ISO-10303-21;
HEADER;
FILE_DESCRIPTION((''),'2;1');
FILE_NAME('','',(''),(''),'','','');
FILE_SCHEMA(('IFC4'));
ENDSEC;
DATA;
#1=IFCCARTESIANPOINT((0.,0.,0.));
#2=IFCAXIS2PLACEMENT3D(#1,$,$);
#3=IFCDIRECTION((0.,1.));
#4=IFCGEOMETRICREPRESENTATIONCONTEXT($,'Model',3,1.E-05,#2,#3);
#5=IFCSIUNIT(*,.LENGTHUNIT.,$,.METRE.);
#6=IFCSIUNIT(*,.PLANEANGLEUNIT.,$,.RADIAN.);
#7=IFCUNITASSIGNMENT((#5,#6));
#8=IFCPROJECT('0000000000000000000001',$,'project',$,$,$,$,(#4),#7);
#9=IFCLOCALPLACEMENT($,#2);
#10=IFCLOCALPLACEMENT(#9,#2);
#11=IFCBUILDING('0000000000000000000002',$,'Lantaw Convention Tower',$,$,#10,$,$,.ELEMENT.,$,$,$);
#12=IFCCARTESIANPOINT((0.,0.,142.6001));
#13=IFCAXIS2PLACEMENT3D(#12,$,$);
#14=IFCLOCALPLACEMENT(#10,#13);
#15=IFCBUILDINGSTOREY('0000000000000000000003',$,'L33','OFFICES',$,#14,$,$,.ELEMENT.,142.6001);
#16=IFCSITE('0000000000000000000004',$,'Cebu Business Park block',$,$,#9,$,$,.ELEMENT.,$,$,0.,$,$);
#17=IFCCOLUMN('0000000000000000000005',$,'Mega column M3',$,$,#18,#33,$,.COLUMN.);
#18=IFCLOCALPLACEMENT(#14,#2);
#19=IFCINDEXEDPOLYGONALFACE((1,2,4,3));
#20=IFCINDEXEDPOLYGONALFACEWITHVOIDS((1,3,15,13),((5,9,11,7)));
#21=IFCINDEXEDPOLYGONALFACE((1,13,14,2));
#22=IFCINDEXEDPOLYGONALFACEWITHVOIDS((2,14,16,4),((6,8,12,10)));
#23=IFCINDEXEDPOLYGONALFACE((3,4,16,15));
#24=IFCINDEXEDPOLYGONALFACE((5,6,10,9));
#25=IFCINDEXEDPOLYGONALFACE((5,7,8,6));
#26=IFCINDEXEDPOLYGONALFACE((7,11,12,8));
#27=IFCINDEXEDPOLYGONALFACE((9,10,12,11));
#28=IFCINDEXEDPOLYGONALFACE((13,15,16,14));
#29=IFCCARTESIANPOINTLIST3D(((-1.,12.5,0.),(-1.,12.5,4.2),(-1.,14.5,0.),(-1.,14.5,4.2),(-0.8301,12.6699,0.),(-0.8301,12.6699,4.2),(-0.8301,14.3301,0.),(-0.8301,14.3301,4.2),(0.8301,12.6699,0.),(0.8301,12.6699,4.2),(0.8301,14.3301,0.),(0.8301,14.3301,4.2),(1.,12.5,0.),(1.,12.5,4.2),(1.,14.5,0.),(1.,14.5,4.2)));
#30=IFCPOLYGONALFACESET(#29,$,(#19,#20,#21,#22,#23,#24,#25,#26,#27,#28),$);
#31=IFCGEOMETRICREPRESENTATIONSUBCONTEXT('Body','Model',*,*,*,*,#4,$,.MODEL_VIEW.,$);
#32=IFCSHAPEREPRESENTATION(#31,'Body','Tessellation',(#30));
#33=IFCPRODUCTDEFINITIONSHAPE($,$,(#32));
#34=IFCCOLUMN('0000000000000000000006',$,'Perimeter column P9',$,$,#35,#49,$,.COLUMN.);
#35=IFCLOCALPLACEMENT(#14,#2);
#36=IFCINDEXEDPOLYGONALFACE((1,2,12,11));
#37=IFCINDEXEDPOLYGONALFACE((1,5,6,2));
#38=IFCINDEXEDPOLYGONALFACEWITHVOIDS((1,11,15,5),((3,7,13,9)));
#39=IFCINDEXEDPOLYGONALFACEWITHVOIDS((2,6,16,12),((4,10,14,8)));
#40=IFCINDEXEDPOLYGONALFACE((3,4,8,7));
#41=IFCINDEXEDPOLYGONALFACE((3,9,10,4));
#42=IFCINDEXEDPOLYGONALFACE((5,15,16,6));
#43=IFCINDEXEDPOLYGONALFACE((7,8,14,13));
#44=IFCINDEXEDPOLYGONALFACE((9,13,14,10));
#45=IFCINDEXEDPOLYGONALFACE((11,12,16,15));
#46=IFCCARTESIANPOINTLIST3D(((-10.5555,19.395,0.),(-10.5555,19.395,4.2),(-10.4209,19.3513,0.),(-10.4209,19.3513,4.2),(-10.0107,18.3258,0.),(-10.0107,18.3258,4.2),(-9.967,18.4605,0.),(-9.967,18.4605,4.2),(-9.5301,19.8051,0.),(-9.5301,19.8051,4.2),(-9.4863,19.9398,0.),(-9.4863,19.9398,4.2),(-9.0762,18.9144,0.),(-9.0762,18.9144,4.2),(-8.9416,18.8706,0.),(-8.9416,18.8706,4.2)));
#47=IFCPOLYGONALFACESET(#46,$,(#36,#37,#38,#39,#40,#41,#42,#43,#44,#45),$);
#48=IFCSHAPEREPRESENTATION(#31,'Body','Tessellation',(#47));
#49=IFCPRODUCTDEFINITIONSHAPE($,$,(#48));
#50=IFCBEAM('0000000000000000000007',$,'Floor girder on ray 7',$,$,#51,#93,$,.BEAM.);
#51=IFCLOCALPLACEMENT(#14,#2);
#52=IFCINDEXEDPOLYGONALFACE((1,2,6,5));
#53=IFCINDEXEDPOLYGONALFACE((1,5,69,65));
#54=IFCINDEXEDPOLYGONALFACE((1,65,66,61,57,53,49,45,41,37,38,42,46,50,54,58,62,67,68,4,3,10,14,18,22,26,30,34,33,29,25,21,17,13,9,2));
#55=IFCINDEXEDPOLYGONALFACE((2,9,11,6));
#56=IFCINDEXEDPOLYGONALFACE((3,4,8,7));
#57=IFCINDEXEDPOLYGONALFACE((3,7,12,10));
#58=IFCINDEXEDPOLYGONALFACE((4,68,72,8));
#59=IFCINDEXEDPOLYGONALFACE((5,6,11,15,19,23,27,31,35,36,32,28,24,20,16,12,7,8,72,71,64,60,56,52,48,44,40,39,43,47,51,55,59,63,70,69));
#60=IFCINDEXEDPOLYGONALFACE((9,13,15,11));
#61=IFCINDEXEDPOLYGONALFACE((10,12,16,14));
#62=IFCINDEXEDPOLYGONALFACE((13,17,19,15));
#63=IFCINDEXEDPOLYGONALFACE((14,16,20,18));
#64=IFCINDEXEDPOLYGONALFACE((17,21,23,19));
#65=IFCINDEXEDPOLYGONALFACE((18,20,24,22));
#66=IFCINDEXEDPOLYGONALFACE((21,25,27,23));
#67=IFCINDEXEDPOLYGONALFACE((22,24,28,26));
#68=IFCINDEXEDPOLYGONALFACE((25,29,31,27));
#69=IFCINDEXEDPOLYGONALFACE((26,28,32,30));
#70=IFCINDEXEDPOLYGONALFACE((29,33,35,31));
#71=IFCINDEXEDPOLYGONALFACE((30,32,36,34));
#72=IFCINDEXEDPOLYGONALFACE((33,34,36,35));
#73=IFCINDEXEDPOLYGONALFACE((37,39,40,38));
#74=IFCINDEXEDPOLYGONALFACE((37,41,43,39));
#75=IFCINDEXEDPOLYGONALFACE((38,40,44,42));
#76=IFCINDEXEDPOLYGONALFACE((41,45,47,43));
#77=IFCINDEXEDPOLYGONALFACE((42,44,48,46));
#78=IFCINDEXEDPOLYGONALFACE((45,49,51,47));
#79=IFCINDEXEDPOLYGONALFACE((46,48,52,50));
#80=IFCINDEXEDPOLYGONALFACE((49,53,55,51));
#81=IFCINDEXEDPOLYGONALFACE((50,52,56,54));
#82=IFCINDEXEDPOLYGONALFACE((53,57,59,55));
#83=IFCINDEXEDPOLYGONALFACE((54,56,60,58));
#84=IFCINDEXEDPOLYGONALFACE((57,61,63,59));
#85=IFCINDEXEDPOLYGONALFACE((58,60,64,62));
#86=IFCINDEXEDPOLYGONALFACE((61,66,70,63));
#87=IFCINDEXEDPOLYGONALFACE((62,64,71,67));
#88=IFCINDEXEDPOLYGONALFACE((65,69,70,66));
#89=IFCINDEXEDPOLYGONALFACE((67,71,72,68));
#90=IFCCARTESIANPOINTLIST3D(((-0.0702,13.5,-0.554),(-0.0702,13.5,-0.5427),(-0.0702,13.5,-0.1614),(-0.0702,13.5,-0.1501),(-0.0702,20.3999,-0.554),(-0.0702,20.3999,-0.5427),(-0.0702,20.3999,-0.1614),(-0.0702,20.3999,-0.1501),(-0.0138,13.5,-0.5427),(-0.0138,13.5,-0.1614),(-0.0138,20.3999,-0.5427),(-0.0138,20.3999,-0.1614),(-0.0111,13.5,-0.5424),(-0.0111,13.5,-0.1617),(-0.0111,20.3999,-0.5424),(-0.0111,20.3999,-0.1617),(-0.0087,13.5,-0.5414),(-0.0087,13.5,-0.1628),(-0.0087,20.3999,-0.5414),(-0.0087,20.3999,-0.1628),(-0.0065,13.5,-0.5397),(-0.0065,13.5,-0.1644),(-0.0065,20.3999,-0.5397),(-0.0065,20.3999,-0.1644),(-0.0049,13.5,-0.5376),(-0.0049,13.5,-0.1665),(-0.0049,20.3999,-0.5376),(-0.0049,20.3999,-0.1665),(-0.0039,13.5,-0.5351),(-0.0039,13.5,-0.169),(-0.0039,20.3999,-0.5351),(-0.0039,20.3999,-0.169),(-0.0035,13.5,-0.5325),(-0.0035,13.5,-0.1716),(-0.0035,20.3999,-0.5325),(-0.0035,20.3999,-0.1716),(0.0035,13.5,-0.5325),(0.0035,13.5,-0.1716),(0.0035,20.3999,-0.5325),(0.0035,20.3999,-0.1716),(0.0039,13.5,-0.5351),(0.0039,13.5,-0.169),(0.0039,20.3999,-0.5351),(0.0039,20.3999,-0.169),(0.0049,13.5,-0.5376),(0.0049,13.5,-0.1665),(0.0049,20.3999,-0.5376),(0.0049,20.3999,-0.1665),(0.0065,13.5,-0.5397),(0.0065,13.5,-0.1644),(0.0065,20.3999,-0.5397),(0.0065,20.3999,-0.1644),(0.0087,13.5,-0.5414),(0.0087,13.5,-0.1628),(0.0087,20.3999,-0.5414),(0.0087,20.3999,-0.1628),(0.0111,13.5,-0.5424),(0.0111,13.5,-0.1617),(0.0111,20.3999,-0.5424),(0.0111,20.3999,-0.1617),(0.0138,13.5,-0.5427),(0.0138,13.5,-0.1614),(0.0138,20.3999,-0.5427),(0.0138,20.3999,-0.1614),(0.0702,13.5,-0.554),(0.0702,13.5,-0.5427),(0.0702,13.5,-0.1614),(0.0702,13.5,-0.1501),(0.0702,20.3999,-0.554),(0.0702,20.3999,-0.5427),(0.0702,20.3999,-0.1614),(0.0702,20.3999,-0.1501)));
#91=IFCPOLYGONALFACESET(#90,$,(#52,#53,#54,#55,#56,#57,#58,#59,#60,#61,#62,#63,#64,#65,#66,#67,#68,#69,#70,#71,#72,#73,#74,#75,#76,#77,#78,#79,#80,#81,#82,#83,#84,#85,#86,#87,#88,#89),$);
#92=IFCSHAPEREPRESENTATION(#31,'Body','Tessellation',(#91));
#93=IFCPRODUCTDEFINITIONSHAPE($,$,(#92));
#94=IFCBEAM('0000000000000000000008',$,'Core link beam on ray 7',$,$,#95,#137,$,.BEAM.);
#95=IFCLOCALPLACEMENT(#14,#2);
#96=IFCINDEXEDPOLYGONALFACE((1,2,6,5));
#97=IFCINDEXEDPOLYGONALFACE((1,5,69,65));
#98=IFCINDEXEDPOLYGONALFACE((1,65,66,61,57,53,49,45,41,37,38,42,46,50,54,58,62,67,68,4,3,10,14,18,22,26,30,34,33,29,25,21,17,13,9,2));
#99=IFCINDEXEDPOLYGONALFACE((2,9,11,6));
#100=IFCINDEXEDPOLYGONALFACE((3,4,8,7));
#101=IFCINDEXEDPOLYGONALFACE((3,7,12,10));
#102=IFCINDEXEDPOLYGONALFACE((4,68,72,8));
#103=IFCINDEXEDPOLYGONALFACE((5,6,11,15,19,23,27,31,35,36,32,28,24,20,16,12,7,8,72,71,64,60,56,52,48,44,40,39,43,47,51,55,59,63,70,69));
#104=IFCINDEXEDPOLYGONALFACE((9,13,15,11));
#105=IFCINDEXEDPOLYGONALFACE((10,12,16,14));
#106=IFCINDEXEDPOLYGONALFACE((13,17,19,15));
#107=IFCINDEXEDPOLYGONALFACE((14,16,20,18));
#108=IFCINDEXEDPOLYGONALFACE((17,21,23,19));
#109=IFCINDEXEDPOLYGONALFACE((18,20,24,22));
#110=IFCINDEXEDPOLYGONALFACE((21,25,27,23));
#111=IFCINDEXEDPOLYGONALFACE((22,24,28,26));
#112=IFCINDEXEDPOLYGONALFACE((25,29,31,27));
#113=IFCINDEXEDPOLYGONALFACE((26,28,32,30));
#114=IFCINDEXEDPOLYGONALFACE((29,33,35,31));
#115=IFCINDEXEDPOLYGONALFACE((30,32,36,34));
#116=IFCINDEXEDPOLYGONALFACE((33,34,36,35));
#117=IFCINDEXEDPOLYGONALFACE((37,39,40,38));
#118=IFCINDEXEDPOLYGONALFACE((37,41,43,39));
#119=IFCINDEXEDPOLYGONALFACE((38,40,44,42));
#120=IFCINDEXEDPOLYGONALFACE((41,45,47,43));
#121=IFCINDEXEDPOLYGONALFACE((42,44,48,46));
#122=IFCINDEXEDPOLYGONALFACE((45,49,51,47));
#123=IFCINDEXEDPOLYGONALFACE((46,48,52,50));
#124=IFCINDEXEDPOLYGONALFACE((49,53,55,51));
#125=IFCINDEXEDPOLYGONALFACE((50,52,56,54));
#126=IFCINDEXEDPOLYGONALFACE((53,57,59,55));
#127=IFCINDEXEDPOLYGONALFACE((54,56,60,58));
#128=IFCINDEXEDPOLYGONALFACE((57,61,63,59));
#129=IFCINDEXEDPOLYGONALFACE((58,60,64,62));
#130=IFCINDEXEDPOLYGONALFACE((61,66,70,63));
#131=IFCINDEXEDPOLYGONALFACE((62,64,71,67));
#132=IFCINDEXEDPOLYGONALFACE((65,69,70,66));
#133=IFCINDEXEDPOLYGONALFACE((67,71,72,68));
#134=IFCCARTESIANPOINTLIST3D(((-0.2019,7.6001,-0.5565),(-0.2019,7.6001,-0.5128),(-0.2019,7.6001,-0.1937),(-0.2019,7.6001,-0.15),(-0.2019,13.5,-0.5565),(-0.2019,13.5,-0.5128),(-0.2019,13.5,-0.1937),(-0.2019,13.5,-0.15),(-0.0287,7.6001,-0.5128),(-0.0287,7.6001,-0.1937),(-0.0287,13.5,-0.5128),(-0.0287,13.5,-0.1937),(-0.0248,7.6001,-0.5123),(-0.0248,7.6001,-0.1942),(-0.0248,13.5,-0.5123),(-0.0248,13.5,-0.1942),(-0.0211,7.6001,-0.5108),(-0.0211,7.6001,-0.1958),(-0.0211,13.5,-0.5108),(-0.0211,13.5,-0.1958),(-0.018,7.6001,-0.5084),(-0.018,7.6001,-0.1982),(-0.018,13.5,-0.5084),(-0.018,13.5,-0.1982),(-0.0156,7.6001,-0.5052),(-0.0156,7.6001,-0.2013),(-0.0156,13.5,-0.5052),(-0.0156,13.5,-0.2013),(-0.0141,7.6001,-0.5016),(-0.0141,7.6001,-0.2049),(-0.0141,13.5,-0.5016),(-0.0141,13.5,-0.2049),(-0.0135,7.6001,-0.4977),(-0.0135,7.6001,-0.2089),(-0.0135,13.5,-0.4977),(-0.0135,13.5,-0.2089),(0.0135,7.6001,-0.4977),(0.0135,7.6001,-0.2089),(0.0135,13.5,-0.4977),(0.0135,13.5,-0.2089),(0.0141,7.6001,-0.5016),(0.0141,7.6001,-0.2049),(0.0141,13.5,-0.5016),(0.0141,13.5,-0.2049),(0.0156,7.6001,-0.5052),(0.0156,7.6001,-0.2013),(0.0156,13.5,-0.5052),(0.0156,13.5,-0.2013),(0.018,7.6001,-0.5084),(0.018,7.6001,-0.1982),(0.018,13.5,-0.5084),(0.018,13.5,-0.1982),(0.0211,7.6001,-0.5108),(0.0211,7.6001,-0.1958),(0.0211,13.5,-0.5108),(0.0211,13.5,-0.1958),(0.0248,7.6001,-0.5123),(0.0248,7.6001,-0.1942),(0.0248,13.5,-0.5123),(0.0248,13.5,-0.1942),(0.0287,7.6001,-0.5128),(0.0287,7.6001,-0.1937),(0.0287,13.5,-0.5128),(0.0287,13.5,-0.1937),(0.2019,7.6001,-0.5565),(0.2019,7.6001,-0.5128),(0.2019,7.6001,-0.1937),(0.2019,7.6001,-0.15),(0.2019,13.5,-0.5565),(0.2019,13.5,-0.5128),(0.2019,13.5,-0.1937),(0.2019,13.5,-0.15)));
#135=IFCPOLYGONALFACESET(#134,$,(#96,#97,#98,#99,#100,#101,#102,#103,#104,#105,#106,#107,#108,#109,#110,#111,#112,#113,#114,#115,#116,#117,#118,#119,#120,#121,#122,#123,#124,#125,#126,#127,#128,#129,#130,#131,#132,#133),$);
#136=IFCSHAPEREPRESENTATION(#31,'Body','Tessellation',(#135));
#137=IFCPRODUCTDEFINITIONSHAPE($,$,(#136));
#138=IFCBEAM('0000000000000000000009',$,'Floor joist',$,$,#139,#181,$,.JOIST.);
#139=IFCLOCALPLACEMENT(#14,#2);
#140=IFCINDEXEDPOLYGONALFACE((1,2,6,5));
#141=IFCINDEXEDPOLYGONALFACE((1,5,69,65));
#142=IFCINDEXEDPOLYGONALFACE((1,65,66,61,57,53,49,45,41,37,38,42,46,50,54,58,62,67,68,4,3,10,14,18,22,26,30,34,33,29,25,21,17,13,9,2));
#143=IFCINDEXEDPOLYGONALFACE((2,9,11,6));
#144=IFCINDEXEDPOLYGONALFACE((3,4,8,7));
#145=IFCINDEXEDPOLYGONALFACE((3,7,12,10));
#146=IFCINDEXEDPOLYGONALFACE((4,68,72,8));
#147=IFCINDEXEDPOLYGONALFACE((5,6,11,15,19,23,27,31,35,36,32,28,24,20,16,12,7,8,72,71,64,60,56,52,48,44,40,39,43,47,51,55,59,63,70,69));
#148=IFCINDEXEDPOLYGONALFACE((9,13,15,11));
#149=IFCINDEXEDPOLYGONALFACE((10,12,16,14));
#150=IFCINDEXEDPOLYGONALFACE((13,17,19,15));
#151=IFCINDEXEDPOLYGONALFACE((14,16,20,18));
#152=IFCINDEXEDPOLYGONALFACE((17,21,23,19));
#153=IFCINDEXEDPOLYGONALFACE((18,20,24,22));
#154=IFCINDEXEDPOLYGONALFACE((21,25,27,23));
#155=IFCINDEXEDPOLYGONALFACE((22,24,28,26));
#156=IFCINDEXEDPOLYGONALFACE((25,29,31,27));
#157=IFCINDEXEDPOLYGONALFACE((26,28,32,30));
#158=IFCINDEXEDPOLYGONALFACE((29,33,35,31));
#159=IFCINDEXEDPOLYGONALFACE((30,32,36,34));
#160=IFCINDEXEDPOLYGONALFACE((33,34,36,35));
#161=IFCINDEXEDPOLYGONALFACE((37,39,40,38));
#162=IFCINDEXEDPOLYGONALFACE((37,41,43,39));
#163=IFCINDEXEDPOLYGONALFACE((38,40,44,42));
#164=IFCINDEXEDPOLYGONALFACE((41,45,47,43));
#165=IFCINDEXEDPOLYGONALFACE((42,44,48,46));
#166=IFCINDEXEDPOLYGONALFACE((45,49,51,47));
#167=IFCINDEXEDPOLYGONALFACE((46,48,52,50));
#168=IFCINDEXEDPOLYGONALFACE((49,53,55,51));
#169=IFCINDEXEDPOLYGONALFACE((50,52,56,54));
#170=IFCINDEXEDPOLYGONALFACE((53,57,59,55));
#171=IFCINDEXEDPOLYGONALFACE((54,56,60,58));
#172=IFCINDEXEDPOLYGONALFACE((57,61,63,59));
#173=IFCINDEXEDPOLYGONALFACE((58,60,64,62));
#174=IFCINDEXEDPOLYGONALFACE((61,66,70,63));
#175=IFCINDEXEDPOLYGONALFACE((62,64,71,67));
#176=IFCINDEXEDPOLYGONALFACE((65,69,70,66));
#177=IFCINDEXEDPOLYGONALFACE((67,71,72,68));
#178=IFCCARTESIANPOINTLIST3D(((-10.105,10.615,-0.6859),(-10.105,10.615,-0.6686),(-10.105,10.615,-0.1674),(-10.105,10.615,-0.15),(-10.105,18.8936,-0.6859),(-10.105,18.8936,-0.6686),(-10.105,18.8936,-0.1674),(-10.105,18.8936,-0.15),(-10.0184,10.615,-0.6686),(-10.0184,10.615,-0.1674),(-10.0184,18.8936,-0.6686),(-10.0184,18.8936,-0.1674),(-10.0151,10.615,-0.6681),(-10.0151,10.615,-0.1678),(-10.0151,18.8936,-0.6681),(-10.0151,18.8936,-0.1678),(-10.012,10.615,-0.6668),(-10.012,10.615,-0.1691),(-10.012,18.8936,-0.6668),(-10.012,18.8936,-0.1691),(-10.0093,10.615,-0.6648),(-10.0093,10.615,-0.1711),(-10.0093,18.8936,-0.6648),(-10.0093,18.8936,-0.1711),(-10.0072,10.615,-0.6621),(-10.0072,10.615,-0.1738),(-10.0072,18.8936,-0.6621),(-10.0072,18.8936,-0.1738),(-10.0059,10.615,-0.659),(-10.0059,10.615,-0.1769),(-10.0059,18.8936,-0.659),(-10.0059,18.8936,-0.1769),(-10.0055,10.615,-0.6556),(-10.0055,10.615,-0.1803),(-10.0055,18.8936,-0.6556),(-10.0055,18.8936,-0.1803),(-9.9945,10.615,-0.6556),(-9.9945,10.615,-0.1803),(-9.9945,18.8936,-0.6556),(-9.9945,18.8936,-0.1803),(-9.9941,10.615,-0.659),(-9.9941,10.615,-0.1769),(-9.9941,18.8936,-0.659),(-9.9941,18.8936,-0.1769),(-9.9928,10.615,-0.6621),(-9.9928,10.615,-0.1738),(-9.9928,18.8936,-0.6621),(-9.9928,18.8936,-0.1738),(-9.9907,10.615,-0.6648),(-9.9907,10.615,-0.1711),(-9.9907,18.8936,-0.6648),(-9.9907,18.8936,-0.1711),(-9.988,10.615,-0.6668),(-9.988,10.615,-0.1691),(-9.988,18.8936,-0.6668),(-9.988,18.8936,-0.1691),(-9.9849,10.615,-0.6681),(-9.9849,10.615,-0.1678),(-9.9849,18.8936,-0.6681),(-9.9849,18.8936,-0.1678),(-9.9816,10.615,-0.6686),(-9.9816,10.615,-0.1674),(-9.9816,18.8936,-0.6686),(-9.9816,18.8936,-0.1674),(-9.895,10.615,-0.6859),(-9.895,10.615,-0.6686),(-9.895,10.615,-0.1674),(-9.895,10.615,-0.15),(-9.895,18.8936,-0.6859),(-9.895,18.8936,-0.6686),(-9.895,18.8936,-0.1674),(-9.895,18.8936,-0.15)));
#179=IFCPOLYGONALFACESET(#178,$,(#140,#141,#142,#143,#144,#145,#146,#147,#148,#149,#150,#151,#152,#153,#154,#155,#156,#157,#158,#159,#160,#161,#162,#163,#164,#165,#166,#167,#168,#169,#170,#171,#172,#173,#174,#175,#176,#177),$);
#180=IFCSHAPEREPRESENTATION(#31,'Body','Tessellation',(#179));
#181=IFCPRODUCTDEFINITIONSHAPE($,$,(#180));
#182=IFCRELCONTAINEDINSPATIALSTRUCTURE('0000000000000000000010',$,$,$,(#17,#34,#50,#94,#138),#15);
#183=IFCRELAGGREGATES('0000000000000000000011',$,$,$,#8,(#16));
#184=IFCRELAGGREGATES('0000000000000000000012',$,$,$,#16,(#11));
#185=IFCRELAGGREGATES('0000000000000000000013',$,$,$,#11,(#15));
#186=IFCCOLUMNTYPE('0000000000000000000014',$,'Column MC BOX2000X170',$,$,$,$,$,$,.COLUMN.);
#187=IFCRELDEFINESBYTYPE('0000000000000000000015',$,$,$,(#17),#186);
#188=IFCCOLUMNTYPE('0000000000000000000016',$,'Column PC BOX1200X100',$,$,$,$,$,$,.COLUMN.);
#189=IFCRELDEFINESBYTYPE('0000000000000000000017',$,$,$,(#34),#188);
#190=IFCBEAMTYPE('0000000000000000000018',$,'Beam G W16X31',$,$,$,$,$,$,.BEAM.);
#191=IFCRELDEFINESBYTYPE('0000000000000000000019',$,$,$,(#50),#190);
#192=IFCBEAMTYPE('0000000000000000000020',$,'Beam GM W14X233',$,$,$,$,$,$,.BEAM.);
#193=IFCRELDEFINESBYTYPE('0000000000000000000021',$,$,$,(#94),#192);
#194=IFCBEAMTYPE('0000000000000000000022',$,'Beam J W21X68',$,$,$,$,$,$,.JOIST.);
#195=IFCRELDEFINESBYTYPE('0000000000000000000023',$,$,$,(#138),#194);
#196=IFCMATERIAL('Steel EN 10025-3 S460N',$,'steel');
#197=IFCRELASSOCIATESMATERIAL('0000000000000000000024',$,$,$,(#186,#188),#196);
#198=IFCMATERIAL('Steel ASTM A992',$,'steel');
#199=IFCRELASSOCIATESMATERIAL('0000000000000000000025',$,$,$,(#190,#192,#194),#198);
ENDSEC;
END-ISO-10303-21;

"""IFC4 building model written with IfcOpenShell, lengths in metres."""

from ifc_helpers import new_model, si_unit, direction, frame, origin, origin_2d, place, context, subcontext, project, spatial, rectangle, hollow_rectangle, i_section, extrude, material, material_profile, profile_set, type_object, element, save


model = new_model("IFC4")

# Units and contexts
model_context = context("Model", 3, precision=1e-05, world=origin(), true_north=direction((0.0, 1.0)))
body_context = subcontext(model_context, "Body", "Model", "MODEL_VIEW")
ifc_project = project(units=[si_unit("LENGTHUNIT", "METRE"), si_unit("PLANEANGLEUNIT", "RADIAN")], contexts=[model_context])

# Site, building, storey
site_placement = place(None, origin())
site = spatial("IfcSite", under=ifc_project, at=site_placement, Name="Cebu Business Park block", CompositionType="ELEMENT", RefElevation=0.0)
building_placement = place(site_placement, origin())
building = spatial("IfcBuilding", under=site, at=building_placement, Name="Lantaw Convention Tower", CompositionType="ELEMENT")
storey_placement = place(building_placement, frame((0.0, 0.0, 142.6001)))
storey = spatial("IfcBuildingStorey", under=building, at=storey_placement, Name="L33", Description="OFFICES", CompositionType="ELEMENT", Elevation=142.6001)

# Columns
ifc_material_1 = material(Name="Steel EN 10025-3 S460N", Category="steel")
ifc_material_profile_1 = material_profile(ifc_material_1, hollow_rectangle(XDim=2.0, YDim=2.0, WallThickness=0.1699, at=origin_2d()), Name="BOX2000X170")
ifc_material_2 = material(Name="Concrete C60/75", Category="concrete")
ifc_material_profile_2 = material_profile(ifc_material_2, rectangle(XDim=1.6599, YDim=1.6599, at=origin_2d()), Name="Concrete fill of BOX2000X170")
ifc_profile_set_1 = profile_set([ifc_material_profile_1, ifc_material_profile_2], Name="Steel EN 10025-3 S460N")
column_type_1 = type_object("IfcColumnType", Name="Column MC BOX2000X170", PredefinedType="COLUMN", material=ifc_profile_set_1)
column_1_placement = place(storey_placement, frame((0.0, 13.5, 0.0), z_axis=(0.0, 0.0, 1.0), x_axis=(1.0, 0.0, 0.0)))
element("IfcColumn", 1, at=column_1_placement, inside=storey, type_object=column_type_1, Name="Mega column M3", PredefinedType="COLUMN", context=body_context, shape_type="SweptSolid", body=[
    extrude(hollow_rectangle(XDim=2.0, YDim=2.0, WallThickness=0.1699, at=origin_2d()), origin(), (0.0, 0.0, 1.0), 4.2),
])
ifc_material_profile_3 = material_profile(ifc_material_1, hollow_rectangle(XDim=1.2, YDim=1.2, WallThickness=0.1001, at=origin_2d()), Name="BOX1200X100")
ifc_material_profile_4 = material_profile(ifc_material_2, rectangle(XDim=1.0, YDim=1.0, at=origin_2d()), Name="Concrete fill of BOX1200X100")
ifc_profile_set_2 = profile_set([ifc_material_profile_3, ifc_material_profile_4], Name="Steel EN 10025-3 S460N")
column_type_2 = type_object("IfcColumnType", Name="Column PC BOX1200X100", PredefinedType="COLUMN", material=ifc_profile_set_2)
column_2_placement = place(storey_placement, frame((-9.7485, 19.1328, 0.0), z_axis=(0.0, 0.0, 1.0), x_axis=(0.891007, 0.45399, 0.0)))
element("IfcColumn", 2, at=column_2_placement, inside=storey, type_object=column_type_2, Name="Perimeter column P9", PredefinedType="COLUMN", context=body_context, shape_type="SweptSolid", body=[
    extrude(hollow_rectangle(XDim=1.2, YDim=1.2, WallThickness=0.1001, at=origin_2d()), origin(), (0.0, 0.0, 1.0), 4.2),
])

# Beams
ifc_material_3 = material(Name="Steel ASTM A992", Category="steel")
ifc_material_profile_5 = material_profile(ifc_material_3, i_section(OverallWidth=0.1404, OverallDepth=0.4038, WebThickness=0.0071, FlangeThickness=0.0112, FilletRadius=0.0103, at=origin_2d()), Name="W16X31")
ifc_profile_set_3 = profile_set([ifc_material_profile_5], Name="Steel ASTM A992")
beam_type_1 = type_object("IfcBeamType", Name="Beam G W16X31", PredefinedType="BEAM", material=ifc_profile_set_3)
beam_1_placement = place(storey_placement, frame((0.0, 13.5, -0.3521), z_axis=(0.0, 1.0, 0.0), x_axis=(-1.0, 0.0, 0.0)))
element("IfcBeam", 3, at=beam_1_placement, inside=storey, type_object=beam_type_1, Name="Floor girder on ray 7", PredefinedType="BEAM", context=body_context, shape_type="SweptSolid", body=[
    extrude(i_section(OverallWidth=0.1404, OverallDepth=0.4038, WebThickness=0.0071, FlangeThickness=0.0112, FilletRadius=0.0103, at=origin_2d()), origin(), (0.0, 0.0, 1.0), 6.8999),
])
ifc_material_profile_6 = material_profile(ifc_material_3, i_section(OverallWidth=0.4038, OverallDepth=0.4065, WebThickness=0.0271, FlangeThickness=0.0437, FilletRadius=0.0151, at=origin_2d()), Name="W14X233")
ifc_profile_set_4 = profile_set([ifc_material_profile_6], Name="Steel ASTM A992")
beam_type_2 = type_object("IfcBeamType", Name="Beam GM W14X233", PredefinedType="BEAM", material=ifc_profile_set_4)
beam_2_placement = place(storey_placement, frame((0.0, 7.6001, -0.3533), z_axis=(0.0, 1.0, 0.0), x_axis=(-1.0, 0.0, 0.0)))
element("IfcBeam", 4, at=beam_2_placement, inside=storey, type_object=beam_type_2, Name="Core link beam on ray 7", PredefinedType="BEAM", context=body_context, shape_type="SweptSolid", body=[
    extrude(i_section(OverallWidth=0.4038, OverallDepth=0.4065, WebThickness=0.0271, FlangeThickness=0.0437, FilletRadius=0.0151, at=origin_2d()), origin(), (0.0, 0.0, 1.0), 5.8999),
])
ifc_material_profile_7 = material_profile(ifc_material_3, i_section(OverallWidth=0.21, OverallDepth=0.5359, WebThickness=0.011, FlangeThickness=0.0173, FilletRadius=0.0129, at=origin_2d()), Name="W21X68")
ifc_profile_set_5 = profile_set([ifc_material_profile_7], Name="Steel ASTM A992")
beam_type_3 = type_object("IfcBeamType", Name="Beam J W21X68", PredefinedType="JOIST", material=ifc_profile_set_5)
beam_3_placement = place(storey_placement, frame((-10.0, 10.615, -0.418), z_axis=(0.0, 1.0, 0.0), x_axis=(-1.0, 0.0, 0.0)))
element("IfcBeam", 5, at=beam_3_placement, inside=storey, type_object=beam_type_3, Name="Floor joist", PredefinedType="JOIST", context=body_context, shape_type="SweptSolid", body=[
    extrude(i_section(OverallWidth=0.21, OverallDepth=0.5359, WebThickness=0.011, FlangeThickness=0.0173, FilletRadius=0.0129, at=origin_2d()), origin(), (0.0, 0.0, 1.0), 8.2786),
])

save(model, "model.ifc")
